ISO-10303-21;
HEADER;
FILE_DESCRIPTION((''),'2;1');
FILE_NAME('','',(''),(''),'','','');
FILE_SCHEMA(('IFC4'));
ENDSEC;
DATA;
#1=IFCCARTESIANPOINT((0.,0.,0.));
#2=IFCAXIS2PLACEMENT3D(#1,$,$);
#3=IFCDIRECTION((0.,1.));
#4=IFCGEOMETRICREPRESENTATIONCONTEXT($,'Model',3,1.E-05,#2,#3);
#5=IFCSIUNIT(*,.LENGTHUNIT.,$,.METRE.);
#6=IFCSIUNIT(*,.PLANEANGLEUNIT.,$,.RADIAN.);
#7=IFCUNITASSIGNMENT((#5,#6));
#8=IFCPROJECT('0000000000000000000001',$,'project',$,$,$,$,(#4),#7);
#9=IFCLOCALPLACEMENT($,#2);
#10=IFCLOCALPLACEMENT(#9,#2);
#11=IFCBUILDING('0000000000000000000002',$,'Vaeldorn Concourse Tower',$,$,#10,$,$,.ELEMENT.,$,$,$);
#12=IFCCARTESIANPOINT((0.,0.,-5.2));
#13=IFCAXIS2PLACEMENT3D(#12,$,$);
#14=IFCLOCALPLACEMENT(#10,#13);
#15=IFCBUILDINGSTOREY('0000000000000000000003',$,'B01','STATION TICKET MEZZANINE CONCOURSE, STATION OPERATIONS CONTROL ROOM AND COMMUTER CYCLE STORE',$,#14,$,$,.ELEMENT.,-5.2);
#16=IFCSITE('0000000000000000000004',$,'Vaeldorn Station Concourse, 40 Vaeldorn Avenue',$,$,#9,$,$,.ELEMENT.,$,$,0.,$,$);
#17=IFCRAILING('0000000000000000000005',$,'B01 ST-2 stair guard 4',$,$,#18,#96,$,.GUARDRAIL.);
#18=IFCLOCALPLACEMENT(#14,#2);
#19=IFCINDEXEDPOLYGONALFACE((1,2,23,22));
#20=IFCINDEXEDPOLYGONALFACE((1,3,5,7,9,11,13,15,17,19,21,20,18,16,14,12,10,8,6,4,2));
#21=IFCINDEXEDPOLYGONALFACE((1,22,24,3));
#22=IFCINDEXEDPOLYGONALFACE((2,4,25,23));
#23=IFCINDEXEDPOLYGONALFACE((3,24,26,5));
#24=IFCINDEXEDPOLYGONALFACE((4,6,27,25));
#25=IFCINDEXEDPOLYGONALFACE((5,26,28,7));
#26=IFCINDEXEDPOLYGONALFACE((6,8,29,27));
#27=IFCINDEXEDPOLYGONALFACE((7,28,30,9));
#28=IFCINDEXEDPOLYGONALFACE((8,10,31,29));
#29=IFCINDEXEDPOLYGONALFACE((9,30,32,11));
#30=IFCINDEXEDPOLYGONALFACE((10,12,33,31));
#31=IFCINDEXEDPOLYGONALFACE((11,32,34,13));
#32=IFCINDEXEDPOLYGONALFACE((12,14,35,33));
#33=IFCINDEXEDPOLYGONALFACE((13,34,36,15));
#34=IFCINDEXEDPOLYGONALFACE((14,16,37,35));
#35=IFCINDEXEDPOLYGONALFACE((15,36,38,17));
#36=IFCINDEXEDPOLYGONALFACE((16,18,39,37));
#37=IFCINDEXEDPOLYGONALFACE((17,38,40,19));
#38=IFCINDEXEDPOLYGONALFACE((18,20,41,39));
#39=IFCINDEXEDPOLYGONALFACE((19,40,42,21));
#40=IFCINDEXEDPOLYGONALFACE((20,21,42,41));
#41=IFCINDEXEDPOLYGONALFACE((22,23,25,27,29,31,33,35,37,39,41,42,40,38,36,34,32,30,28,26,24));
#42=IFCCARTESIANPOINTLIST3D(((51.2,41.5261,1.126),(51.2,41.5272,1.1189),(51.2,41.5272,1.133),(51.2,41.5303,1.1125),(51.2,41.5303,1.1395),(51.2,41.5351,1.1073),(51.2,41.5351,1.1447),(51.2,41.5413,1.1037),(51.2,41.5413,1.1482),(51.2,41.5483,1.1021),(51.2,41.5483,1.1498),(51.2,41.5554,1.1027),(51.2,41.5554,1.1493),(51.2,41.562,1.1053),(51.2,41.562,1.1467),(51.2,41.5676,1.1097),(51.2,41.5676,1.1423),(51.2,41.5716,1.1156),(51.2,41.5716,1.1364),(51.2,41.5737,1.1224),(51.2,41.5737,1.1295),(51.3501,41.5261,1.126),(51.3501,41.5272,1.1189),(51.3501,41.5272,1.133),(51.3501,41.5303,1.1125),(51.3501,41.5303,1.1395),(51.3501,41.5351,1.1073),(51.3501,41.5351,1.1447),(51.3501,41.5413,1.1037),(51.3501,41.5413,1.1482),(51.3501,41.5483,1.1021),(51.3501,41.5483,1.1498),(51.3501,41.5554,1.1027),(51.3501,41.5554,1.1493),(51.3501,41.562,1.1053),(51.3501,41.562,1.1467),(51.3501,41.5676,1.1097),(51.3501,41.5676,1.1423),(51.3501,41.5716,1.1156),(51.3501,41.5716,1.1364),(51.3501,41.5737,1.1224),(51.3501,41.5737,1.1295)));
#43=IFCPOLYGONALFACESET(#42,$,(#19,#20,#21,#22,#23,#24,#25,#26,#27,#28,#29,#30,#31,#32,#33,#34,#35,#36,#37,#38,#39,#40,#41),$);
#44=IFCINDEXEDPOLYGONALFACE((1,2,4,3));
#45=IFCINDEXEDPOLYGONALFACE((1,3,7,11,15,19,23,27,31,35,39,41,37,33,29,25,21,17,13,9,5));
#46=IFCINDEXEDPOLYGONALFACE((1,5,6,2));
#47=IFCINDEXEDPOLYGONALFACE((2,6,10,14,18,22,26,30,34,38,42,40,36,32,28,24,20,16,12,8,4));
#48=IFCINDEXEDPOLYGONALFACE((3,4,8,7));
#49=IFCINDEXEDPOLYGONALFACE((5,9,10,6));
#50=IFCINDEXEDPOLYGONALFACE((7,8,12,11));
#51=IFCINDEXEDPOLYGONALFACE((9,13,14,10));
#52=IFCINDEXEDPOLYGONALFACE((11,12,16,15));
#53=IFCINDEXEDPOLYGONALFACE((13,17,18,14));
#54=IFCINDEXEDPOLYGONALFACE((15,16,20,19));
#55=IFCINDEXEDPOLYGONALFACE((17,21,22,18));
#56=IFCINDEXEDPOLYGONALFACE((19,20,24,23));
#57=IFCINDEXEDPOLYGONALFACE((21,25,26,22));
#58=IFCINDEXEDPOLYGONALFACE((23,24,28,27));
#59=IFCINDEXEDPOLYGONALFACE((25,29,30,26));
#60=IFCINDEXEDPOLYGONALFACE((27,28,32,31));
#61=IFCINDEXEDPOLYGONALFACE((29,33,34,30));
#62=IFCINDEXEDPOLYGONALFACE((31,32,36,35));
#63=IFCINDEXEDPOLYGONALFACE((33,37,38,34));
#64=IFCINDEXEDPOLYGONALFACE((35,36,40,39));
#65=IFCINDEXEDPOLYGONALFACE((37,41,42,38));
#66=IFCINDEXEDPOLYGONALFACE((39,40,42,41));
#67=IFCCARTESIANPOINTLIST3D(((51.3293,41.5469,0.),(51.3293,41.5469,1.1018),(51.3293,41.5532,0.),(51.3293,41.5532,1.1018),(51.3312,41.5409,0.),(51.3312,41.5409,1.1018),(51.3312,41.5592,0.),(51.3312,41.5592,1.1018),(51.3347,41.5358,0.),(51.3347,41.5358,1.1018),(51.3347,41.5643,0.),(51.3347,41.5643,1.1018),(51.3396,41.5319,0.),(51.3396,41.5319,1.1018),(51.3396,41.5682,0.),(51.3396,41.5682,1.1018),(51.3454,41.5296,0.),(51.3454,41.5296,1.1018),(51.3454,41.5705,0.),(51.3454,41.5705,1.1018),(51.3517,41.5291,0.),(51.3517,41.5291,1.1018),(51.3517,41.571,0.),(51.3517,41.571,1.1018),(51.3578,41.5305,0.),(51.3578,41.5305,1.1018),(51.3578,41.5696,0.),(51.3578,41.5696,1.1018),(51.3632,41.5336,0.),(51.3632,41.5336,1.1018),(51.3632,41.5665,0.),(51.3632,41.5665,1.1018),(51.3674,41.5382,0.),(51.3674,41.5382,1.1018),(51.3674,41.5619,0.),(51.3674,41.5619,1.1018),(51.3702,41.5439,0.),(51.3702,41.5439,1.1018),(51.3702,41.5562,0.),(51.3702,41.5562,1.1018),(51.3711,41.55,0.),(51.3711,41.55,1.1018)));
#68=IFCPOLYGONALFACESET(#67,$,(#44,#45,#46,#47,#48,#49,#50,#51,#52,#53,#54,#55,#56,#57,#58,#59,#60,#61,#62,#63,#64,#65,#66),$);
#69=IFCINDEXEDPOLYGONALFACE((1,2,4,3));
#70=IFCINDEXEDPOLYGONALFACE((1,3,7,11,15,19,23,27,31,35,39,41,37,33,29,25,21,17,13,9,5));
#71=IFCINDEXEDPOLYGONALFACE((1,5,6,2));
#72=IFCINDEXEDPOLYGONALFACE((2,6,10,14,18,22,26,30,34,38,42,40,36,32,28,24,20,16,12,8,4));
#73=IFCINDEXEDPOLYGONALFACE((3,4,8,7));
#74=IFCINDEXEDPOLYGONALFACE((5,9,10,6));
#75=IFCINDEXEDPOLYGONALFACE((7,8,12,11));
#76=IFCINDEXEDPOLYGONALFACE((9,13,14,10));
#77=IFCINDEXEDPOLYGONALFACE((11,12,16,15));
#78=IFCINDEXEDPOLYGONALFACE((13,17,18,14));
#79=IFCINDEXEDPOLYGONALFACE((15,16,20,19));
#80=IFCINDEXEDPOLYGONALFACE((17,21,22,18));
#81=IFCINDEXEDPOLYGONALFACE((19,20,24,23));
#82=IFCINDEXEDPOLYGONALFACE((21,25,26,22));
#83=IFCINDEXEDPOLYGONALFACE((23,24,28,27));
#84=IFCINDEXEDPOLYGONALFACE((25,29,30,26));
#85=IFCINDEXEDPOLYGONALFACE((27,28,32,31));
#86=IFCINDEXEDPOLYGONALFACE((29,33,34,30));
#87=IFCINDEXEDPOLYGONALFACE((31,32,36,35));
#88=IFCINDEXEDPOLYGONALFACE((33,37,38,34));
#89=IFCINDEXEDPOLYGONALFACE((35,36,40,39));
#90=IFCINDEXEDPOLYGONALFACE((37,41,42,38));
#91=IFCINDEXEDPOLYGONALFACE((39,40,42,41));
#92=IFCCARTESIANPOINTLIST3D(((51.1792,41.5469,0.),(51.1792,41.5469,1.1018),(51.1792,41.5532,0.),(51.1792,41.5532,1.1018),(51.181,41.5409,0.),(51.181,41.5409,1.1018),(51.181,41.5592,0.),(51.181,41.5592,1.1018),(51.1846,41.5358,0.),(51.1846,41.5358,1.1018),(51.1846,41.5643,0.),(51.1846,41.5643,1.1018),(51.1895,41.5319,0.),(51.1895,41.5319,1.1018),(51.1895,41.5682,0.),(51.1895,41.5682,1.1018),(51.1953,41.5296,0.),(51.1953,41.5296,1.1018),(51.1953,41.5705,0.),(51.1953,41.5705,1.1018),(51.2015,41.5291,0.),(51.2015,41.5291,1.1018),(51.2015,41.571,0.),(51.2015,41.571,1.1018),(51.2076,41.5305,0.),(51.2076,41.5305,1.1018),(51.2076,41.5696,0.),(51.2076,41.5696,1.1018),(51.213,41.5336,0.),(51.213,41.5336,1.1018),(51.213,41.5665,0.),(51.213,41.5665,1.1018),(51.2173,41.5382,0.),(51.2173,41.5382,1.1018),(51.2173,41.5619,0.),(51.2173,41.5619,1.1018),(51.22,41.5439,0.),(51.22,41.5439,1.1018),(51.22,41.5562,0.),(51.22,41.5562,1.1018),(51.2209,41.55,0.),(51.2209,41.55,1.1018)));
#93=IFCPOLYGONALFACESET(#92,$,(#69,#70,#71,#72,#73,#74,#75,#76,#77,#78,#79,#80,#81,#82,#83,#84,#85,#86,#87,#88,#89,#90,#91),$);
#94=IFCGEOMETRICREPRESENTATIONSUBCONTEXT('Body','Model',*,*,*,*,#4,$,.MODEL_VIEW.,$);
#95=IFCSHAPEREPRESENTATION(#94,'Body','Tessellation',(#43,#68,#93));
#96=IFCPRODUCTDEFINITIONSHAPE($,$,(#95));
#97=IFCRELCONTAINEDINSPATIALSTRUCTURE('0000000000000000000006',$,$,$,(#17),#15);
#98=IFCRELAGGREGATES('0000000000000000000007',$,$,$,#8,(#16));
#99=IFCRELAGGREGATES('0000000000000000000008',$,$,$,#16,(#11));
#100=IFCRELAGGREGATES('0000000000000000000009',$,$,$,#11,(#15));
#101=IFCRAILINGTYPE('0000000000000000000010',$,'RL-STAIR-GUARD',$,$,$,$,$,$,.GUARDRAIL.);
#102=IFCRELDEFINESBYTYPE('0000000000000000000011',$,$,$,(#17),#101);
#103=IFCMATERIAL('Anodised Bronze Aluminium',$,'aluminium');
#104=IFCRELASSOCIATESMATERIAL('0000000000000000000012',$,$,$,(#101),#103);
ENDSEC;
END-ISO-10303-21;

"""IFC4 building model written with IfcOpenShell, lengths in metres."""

from ifc_helpers import new_model, si_unit, direction, frame, origin, origin_2d, place, context, subcontext, project, spatial, circle, extrude, material, type_object, element, save


model = new_model("IFC4")

# Units and contexts
model_context = context("Model", 3, precision=1e-05, world=origin(), true_north=direction((0.0, 1.0)))
body_context = subcontext(model_context, "Body", "Model", "MODEL_VIEW")
ifc_project = project(units=[si_unit("LENGTHUNIT", "METRE"), si_unit("PLANEANGLEUNIT", "RADIAN")], contexts=[model_context])

# Site, building, storey
site_placement = place(None, origin())
site = spatial("IfcSite", under=ifc_project, at=site_placement, Name="Vaeldorn Station Concourse, 40 Vaeldorn Avenue", CompositionType="ELEMENT", RefElevation=0.0)
building_placement = place(site_placement, origin())
building = spatial("IfcBuilding", under=site, at=building_placement, Name="Vaeldorn Concourse Tower", CompositionType="ELEMENT")
storey_placement = place(building_placement, frame((0.0, 0.0, -5.2)))
storey = spatial("IfcBuildingStorey", under=building, at=storey_placement, Name="B01", Description="STATION TICKET MEZZANINE CONCOURSE, STATION OPERATIONS CONTROL ROOM AND COMMUTER CYCLE STORE", CompositionType="ELEMENT", Elevation=-5.2)

# Shared definitions
ifc_material_1 = material(Name="Anodised Bronze Aluminium", Category="aluminium")

# Railing
railing_type_1 = type_object("IfcRailingType", Name="RL-STAIR-GUARD", PredefinedType="GUARDRAIL", material=ifc_material_1)
railing_1_placement = place(storey_placement, frame((51.3501, 41.55, 0.0)))
element("IfcRailing", 1, at=railing_1_placement, inside=storey, type_object=railing_type_1, Name="B01 ST-2 stair guard 4", PredefinedType="GUARDRAIL", context=body_context, shape_type="SweptSolid", body=[
    extrude(circle(Radius=0.0239, at=origin_2d()), frame((0.0, 0.0, 1.126), z_axis=(-1.0, 0.0, 0.0), x_axis=(0.0, -1.0, 0.0)), (0.0, 0.0, 1.0), 0.1501),
    extrude(circle(Radius=0.021, at=origin_2d()), origin(), (0.0, 0.0, 1.0), 1.1018),
    extrude(circle(Radius=0.021, at=origin_2d()), frame((-0.1501, 0.0, 0.0)), (0.0, 0.0, 1.0), 1.1018),
])

save(model, "model.ifc")
